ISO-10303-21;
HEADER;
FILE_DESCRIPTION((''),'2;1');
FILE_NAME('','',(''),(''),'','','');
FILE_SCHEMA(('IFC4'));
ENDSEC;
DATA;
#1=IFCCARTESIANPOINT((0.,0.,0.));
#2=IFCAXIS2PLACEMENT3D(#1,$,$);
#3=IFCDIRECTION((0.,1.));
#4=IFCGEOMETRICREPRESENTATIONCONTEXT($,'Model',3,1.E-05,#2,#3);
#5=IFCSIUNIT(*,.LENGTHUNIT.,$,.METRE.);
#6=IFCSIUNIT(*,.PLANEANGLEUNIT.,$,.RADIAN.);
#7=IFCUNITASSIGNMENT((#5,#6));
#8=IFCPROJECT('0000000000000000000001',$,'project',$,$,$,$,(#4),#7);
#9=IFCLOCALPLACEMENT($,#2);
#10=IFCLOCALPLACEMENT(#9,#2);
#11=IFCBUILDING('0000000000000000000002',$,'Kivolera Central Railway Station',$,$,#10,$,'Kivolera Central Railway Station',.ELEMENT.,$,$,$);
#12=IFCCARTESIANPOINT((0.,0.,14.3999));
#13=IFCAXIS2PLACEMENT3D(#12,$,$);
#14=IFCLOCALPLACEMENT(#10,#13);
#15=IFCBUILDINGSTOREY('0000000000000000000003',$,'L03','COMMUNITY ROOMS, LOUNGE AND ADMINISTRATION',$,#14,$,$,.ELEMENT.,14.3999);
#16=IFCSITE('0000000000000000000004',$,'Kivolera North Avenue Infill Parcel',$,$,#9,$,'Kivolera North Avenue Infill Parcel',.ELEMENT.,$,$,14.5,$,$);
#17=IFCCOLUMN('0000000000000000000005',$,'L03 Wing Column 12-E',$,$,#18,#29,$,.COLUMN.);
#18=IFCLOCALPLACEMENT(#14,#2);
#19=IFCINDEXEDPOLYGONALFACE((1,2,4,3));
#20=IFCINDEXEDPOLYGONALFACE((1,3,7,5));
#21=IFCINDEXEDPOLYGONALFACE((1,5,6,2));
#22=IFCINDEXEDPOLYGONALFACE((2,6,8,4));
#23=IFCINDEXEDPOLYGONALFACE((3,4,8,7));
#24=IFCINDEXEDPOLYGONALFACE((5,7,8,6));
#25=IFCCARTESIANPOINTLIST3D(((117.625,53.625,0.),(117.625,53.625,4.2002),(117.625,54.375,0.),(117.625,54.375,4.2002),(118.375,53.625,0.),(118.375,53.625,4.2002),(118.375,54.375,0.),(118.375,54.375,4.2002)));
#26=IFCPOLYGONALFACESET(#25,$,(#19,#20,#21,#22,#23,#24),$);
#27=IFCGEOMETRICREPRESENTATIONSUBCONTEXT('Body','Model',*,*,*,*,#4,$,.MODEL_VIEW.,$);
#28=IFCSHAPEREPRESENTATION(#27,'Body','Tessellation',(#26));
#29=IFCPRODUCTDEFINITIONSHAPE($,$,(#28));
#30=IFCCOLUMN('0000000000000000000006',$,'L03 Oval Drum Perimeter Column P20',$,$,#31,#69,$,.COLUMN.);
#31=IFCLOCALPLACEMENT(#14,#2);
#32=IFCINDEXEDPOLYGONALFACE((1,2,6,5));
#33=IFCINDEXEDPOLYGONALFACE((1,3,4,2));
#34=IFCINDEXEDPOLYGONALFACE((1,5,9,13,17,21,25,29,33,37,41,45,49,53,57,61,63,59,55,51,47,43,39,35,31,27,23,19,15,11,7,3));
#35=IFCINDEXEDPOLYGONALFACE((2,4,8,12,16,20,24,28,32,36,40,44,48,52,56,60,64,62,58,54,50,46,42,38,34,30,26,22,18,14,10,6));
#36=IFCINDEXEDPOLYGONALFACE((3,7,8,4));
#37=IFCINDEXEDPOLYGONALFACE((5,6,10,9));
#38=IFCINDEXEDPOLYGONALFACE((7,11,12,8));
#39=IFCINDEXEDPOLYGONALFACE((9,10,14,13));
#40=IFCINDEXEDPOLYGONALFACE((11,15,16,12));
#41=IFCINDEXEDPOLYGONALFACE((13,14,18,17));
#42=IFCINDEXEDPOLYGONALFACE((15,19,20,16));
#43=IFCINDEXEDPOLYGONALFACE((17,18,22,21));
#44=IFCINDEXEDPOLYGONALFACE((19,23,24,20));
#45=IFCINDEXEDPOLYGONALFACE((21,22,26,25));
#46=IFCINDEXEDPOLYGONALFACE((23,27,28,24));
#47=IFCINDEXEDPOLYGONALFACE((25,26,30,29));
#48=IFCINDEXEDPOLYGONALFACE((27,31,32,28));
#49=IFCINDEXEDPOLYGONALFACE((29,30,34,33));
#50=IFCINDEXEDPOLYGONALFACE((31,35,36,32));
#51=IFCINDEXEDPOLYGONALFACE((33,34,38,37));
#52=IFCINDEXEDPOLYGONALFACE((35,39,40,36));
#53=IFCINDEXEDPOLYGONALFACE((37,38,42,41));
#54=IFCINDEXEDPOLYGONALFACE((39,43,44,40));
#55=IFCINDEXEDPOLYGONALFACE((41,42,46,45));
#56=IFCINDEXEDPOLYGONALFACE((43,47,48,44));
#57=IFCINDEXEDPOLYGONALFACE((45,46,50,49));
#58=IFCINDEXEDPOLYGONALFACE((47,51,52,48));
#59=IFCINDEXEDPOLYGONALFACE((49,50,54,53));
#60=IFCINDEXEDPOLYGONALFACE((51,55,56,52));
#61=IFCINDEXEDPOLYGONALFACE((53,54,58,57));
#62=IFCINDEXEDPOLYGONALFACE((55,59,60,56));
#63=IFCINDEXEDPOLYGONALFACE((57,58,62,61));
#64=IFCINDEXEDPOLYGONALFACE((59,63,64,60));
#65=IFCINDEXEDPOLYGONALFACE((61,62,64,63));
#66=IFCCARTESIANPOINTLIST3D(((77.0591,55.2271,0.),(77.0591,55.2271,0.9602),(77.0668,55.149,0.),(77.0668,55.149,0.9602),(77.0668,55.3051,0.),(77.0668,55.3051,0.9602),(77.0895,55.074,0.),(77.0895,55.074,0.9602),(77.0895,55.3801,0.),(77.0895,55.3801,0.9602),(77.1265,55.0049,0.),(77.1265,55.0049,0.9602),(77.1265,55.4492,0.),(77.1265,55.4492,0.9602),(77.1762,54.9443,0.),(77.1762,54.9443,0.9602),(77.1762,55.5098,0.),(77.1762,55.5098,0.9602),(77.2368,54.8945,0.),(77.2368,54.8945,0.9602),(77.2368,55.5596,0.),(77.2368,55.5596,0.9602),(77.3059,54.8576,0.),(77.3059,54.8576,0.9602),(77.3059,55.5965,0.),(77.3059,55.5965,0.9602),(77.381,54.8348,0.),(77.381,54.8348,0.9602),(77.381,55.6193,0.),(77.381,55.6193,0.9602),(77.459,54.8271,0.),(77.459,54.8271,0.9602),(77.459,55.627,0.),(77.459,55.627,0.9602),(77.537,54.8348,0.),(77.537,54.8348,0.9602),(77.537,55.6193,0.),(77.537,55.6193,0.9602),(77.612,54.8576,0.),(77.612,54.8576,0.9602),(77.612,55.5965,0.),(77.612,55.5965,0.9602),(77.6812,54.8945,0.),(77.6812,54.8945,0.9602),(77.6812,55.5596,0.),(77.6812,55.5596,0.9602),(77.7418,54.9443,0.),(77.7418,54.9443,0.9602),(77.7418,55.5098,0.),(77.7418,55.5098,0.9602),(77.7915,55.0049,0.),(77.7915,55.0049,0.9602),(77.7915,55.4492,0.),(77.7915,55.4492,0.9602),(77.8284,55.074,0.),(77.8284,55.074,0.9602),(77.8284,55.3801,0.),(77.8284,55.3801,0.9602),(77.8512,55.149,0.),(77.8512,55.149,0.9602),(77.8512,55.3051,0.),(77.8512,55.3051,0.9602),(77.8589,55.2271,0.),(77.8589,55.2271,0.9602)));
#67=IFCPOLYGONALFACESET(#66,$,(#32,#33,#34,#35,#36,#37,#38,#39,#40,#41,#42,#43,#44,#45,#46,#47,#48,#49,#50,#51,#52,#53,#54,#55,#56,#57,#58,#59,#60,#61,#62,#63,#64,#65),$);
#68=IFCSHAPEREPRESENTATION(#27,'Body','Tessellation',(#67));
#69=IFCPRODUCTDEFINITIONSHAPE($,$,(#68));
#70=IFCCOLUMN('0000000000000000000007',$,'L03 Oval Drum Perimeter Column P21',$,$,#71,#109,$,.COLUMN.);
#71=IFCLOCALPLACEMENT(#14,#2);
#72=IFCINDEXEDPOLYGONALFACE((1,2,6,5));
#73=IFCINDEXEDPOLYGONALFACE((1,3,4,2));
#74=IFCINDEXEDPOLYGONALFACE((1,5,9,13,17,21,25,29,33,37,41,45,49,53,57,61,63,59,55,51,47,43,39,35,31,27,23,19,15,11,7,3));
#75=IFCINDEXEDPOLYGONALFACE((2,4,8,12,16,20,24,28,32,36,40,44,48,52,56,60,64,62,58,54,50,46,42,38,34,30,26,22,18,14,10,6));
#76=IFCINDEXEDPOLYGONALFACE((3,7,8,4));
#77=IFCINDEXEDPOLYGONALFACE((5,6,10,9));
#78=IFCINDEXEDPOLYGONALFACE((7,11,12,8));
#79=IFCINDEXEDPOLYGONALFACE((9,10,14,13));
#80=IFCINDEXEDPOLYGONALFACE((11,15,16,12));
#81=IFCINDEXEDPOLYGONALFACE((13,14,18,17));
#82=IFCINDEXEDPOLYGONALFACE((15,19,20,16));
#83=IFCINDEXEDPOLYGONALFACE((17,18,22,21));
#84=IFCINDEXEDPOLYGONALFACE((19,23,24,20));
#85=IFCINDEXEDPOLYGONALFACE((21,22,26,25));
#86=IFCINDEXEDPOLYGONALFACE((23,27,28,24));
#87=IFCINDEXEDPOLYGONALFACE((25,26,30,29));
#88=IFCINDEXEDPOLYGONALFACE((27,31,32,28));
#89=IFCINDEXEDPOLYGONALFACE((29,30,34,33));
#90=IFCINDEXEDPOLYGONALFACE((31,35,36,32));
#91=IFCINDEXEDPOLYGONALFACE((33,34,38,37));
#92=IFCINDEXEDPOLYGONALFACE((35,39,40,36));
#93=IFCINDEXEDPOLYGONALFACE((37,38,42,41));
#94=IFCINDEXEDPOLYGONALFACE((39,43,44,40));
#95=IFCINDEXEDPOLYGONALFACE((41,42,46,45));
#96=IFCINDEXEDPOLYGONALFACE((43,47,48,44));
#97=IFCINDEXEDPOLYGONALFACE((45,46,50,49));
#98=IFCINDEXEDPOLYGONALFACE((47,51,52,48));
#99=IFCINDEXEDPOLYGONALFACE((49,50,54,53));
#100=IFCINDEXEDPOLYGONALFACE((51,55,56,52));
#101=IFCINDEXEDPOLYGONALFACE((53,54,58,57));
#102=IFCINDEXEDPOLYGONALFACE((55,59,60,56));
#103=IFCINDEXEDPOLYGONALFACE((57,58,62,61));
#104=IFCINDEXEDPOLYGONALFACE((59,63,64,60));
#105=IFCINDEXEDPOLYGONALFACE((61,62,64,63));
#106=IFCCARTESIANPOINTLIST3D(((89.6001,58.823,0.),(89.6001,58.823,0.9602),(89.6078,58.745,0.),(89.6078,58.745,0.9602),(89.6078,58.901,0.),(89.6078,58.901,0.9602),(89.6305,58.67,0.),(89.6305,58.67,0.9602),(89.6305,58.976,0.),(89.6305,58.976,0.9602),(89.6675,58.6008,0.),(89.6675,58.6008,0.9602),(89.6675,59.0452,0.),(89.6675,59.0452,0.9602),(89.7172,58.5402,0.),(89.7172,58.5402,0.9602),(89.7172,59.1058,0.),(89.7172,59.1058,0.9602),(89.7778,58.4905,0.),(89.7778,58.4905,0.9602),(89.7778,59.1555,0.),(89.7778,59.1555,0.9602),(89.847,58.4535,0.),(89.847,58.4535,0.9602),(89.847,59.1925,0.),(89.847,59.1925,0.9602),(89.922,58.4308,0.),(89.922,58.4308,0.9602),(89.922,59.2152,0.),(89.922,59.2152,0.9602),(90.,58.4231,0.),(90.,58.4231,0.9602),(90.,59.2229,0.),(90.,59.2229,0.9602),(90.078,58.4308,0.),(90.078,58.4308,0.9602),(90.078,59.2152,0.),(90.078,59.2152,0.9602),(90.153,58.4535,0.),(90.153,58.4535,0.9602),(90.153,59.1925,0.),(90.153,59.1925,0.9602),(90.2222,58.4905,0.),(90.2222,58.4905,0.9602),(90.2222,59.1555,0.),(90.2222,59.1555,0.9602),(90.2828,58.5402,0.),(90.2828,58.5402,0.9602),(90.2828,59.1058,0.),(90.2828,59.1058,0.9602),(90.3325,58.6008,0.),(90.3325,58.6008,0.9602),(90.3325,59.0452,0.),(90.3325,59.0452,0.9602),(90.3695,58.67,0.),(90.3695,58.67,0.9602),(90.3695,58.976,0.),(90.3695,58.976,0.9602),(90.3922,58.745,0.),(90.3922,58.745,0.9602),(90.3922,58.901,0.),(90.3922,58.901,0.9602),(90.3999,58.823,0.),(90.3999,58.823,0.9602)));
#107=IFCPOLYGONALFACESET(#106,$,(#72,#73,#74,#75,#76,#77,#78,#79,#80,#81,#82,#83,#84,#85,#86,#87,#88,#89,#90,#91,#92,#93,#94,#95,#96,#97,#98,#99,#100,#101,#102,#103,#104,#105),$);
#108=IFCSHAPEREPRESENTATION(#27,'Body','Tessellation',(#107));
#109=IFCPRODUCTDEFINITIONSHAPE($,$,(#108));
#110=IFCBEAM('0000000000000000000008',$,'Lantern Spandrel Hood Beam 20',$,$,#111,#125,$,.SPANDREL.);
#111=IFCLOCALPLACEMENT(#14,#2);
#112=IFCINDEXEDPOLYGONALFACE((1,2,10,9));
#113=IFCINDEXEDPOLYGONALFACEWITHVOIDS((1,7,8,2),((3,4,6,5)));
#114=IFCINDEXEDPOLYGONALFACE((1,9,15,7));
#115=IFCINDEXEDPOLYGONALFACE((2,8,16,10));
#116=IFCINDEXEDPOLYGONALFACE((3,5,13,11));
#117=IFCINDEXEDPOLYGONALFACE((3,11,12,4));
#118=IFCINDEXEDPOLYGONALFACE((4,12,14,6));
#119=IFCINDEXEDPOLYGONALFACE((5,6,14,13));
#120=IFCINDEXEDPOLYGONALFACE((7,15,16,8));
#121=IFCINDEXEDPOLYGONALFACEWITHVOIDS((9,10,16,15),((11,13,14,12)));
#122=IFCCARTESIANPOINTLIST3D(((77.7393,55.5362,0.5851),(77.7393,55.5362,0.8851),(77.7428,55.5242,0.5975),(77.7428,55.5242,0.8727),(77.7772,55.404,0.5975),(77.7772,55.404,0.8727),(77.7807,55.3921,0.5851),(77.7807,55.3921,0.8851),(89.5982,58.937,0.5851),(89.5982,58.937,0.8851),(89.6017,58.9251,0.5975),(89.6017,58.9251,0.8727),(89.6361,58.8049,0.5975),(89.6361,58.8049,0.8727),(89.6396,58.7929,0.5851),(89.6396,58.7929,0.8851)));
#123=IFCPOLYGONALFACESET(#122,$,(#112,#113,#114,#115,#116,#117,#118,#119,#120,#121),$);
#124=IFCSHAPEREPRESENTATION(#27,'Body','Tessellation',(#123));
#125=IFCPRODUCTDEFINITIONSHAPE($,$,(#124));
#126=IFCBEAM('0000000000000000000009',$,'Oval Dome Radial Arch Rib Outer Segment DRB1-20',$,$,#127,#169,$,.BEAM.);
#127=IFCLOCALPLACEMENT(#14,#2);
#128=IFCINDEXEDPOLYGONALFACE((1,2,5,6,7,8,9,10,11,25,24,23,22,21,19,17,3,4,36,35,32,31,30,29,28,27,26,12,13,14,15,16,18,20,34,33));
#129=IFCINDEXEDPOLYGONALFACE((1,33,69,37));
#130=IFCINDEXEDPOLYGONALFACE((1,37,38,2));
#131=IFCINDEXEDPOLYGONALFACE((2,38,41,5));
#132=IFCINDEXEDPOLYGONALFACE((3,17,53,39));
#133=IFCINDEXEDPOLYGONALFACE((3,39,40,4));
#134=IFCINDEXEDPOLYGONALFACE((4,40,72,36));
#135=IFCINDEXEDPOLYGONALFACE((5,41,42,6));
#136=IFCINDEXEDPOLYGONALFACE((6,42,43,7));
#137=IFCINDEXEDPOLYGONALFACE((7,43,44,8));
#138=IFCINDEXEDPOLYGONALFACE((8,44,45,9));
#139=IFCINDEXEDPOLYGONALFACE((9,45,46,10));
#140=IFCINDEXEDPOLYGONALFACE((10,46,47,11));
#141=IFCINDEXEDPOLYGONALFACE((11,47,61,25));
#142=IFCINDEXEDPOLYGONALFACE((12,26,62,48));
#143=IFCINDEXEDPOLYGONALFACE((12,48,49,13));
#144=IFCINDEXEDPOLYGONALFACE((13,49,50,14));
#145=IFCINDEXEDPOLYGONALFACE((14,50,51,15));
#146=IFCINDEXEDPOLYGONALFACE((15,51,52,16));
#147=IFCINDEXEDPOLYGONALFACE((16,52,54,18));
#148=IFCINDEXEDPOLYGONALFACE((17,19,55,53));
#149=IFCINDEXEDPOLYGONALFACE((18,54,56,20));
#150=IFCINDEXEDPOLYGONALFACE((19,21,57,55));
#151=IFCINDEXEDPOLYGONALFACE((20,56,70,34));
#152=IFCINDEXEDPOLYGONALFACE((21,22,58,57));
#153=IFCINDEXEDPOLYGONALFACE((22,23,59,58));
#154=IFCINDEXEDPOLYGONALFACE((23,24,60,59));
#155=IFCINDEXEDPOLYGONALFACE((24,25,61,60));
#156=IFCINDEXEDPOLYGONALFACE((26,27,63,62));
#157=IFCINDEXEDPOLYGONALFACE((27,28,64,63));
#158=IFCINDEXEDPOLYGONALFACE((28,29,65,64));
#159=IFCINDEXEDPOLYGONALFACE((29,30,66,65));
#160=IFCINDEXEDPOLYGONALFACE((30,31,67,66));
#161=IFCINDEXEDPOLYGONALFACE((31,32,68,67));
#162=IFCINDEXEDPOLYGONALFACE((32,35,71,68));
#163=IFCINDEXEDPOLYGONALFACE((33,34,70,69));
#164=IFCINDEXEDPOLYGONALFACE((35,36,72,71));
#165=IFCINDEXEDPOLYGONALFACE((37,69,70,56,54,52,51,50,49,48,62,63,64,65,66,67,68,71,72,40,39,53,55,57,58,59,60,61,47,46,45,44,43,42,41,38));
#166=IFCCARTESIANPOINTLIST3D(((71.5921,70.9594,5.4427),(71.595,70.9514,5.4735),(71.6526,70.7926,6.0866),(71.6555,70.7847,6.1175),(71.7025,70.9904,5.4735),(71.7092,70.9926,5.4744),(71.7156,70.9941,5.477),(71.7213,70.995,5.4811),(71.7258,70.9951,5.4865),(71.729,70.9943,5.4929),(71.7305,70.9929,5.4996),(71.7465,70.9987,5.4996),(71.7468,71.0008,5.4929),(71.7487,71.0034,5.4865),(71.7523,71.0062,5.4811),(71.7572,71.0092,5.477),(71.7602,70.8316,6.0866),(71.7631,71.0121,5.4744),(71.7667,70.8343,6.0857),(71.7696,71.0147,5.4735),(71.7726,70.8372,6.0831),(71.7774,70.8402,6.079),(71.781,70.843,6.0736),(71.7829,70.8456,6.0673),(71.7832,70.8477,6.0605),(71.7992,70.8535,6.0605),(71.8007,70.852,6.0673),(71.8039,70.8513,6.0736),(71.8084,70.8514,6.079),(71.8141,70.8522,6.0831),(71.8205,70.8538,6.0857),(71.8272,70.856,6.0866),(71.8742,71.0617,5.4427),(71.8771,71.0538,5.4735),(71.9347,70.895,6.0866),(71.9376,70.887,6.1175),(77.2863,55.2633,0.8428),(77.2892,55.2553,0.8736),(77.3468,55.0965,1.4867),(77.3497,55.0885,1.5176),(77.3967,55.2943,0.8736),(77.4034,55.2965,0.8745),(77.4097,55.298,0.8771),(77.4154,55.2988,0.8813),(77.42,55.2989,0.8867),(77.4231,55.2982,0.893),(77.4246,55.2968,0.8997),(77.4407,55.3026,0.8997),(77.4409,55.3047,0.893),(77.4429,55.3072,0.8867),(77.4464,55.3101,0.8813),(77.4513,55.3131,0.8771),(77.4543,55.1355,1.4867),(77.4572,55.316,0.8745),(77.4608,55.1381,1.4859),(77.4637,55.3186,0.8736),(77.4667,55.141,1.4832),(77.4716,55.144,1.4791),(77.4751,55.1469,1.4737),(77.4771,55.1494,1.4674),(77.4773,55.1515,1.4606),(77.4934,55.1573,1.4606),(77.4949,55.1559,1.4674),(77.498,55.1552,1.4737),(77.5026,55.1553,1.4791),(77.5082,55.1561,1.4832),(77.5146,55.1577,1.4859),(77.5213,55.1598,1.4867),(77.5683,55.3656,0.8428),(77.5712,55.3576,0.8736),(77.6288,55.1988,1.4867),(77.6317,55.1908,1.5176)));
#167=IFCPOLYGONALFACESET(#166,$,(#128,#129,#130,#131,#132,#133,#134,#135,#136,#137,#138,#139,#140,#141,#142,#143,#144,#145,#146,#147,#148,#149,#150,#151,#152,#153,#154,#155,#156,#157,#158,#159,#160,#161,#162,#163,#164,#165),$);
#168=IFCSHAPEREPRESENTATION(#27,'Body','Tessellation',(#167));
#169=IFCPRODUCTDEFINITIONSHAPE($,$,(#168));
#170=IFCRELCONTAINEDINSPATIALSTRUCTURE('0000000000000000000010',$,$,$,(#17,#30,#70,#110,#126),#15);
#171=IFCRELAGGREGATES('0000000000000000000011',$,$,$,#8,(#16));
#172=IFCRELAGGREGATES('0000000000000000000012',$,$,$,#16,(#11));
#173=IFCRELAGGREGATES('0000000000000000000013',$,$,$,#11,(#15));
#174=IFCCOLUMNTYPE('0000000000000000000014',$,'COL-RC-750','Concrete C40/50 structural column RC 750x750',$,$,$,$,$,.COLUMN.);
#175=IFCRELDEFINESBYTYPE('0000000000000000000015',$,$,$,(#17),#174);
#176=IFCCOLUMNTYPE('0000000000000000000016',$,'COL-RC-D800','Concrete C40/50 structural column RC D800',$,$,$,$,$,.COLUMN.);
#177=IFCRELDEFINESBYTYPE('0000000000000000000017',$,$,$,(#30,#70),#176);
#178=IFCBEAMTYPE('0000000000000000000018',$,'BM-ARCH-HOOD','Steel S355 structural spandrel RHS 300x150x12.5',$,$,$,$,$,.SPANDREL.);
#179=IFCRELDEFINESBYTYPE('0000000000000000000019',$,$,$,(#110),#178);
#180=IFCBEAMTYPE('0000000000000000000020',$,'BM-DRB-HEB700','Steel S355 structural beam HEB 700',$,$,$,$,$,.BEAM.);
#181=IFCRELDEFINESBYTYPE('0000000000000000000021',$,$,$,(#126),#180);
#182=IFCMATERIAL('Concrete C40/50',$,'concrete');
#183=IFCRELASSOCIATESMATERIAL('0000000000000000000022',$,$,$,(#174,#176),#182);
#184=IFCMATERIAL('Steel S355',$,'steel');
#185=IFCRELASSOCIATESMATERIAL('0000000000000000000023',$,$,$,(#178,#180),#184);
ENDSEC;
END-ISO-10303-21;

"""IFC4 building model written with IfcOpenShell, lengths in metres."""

from ifc_helpers import new_model, si_unit, direction, frame, origin, origin_2d, place, context, subcontext, project, spatial, rectangle, hollow_rectangle, circle, i_section, extrude, material, material_profile, profile_set, type_object, element, save


model = new_model("IFC4")

# Units and contexts
model_context = context("Model", 3, precision=1e-05, world=origin(), true_north=direction((0.0, 1.0)))
body_context = subcontext(model_context, "Body", "Model", "MODEL_VIEW")
ifc_project = project(units=[si_unit("LENGTHUNIT", "METRE"), si_unit("PLANEANGLEUNIT", "RADIAN")], contexts=[model_context])

# Site, building, storey
site_placement = place(None, origin())
site = spatial("IfcSite", under=ifc_project, at=site_placement, Name="Kivolera North Avenue Infill Parcel", LongName="Kivolera North Avenue Infill Parcel", CompositionType="ELEMENT", RefElevation=14.5)
building_placement = place(site_placement, origin())
building = spatial("IfcBuilding", under=site, at=building_placement, Name="Kivolera Central Railway Station", LongName="Kivolera Central Railway Station", CompositionType="ELEMENT")
storey_placement = place(building_placement, frame((0.0, 0.0, 14.3999)))
storey = spatial("IfcBuildingStorey", under=building, at=storey_placement, Name="L03", Description="COMMUNITY ROOMS, LOUNGE AND ADMINISTRATION", CompositionType="ELEMENT", Elevation=14.3999)

# Columns
ifc_material_1 = material(Name="Concrete C40/50", Category="concrete")
ifc_material_profile_1 = material_profile(ifc_material_1, rectangle(XDim=0.75, YDim=0.75, at=origin_2d()), Name="RC 750x750")
ifc_profile_set_1 = profile_set([ifc_material_profile_1], Name="Concrete C40/50")
column_type_1 = type_object("IfcColumnType", Name="COL-RC-750", Description="Concrete C40/50 structural column RC 750x750", PredefinedType="COLUMN", material=ifc_profile_set_1)
column_placement = place(storey_placement, frame((118.0, 54.0, 0.0), z_axis=(0.0, 0.0, 1.0), x_axis=(1.0, 0.0, 0.0)))
element("IfcColumn", 1, at=column_placement, inside=storey, type_object=column_type_1, Name="L03 Wing Column 12-E", PredefinedType="COLUMN", context=body_context, shape_type="SweptSolid", body=[
    extrude(rectangle(XDim=0.75, YDim=0.75, at=origin_2d()), origin(), (0.0, 0.0, 1.0), 4.2002),
])
ifc_material_profile_2 = material_profile(ifc_material_1, circle(Radius=0.3999, at=origin_2d()), Name="RC D800")
ifc_profile_set_2 = profile_set([ifc_material_profile_2], Name="Concrete C40/50")
column_type_2 = type_object("IfcColumnType", Name="COL-RC-D800", Description="Concrete C40/50 structural column RC D800", PredefinedType="COLUMN", material=ifc_profile_set_2)
for number, where, z_axis, x_axis, name in (
    (2, (77.459, 55.2271, 0.0), (0.0, 0.0, 1.0), (1.0, 0.0, 0.0), "L03 Oval Drum Perimeter Column P20"),
    (3, (90.0, 58.823, 0.0), (0.0, 0.0, 1.0), (1.0, 0.0, 0.0), "L03 Oval Drum Perimeter Column P21"),
):
    element("IfcColumn", number, at=place(storey_placement, frame(where, z_axis=z_axis, x_axis=x_axis)), inside=storey, type_object=column_type_2, Name=name, PredefinedType="COLUMN", context=body_context, shape_type="SweptSolid", body=[
        extrude(circle(Radius=0.3999, at=origin_2d()), origin(), (0.0, 0.0, 1.0), 0.9602),
    ])

# Beams
ifc_material_2 = material(Name="Steel S355", Category="steel")
ifc_material_profile_3 = material_profile(ifc_material_2, hollow_rectangle(XDim=0.1499, YDim=0.3, WallThickness=0.0125, at=origin_2d()), Name="RHS 300x150x12.5")
ifc_profile_set_3 = profile_set([ifc_material_profile_3], Name="Steel S355")
beam_type_1 = type_object("IfcBeamType", Name="BM-ARCH-HOOD", Description="Steel S355 structural spandrel RHS 300x150x12.5", PredefinedType="SPANDREL", material=ifc_profile_set_3)
beam_1_placement = place(storey_placement, frame((77.76, 55.4641, 0.7351), z_axis=(0.961253, 0.275667, 0.0), x_axis=(-0.275667, 0.961253, 0.0)))
element("IfcBeam", 4, at=beam_1_placement, inside=storey, type_object=beam_type_1, Name="Lantern Spandrel Hood Beam 20", PredefinedType="SPANDREL", context=body_context, shape_type="SweptSolid", body=[
    extrude(hollow_rectangle(XDim=0.1499, YDim=0.3, WallThickness=0.0125, at=origin_2d()), origin(), (0.0, 0.0, 1.0), 12.3369),
])
ifc_material_profile_4 = material_profile(ifc_material_2, i_section(OverallWidth=0.3, OverallDepth=0.7, WebThickness=0.0171, FlangeThickness=0.032, FilletRadius=0.0271, at=origin_2d()), Name="HEB 700")
ifc_profile_set_4 = profile_set([ifc_material_profile_4], Name="Steel S355")
beam_type_2 = type_object("IfcBeamType", Name="BM-DRB-HEB700", Description="Steel S355 structural beam HEB 700", PredefinedType="BEAM", material=ifc_profile_set_4)
beam_2_placement = place(storey_placement, frame((77.459, 55.2271, 1.1802), z_axis=(-0.328777, 0.906291, 0.265596), x_axis=(-0.940054, -0.341026, 0.0)))
element("IfcBeam", 5, at=beam_2_placement, inside=storey, type_object=beam_type_2, Name="Oval Dome Radial Arch Rib Outer Segment DRB1-20", PredefinedType="BEAM", context=body_context, shape_type="SweptSolid", body=[
    extrude(i_section(OverallWidth=0.3, OverallDepth=0.7, WebThickness=0.0171, FlangeThickness=0.032, FilletRadius=0.0271, at=origin_2d()), origin(), (0.0, 0.0, 1.0), 17.3191),
])

save(model, "model.ifc")
